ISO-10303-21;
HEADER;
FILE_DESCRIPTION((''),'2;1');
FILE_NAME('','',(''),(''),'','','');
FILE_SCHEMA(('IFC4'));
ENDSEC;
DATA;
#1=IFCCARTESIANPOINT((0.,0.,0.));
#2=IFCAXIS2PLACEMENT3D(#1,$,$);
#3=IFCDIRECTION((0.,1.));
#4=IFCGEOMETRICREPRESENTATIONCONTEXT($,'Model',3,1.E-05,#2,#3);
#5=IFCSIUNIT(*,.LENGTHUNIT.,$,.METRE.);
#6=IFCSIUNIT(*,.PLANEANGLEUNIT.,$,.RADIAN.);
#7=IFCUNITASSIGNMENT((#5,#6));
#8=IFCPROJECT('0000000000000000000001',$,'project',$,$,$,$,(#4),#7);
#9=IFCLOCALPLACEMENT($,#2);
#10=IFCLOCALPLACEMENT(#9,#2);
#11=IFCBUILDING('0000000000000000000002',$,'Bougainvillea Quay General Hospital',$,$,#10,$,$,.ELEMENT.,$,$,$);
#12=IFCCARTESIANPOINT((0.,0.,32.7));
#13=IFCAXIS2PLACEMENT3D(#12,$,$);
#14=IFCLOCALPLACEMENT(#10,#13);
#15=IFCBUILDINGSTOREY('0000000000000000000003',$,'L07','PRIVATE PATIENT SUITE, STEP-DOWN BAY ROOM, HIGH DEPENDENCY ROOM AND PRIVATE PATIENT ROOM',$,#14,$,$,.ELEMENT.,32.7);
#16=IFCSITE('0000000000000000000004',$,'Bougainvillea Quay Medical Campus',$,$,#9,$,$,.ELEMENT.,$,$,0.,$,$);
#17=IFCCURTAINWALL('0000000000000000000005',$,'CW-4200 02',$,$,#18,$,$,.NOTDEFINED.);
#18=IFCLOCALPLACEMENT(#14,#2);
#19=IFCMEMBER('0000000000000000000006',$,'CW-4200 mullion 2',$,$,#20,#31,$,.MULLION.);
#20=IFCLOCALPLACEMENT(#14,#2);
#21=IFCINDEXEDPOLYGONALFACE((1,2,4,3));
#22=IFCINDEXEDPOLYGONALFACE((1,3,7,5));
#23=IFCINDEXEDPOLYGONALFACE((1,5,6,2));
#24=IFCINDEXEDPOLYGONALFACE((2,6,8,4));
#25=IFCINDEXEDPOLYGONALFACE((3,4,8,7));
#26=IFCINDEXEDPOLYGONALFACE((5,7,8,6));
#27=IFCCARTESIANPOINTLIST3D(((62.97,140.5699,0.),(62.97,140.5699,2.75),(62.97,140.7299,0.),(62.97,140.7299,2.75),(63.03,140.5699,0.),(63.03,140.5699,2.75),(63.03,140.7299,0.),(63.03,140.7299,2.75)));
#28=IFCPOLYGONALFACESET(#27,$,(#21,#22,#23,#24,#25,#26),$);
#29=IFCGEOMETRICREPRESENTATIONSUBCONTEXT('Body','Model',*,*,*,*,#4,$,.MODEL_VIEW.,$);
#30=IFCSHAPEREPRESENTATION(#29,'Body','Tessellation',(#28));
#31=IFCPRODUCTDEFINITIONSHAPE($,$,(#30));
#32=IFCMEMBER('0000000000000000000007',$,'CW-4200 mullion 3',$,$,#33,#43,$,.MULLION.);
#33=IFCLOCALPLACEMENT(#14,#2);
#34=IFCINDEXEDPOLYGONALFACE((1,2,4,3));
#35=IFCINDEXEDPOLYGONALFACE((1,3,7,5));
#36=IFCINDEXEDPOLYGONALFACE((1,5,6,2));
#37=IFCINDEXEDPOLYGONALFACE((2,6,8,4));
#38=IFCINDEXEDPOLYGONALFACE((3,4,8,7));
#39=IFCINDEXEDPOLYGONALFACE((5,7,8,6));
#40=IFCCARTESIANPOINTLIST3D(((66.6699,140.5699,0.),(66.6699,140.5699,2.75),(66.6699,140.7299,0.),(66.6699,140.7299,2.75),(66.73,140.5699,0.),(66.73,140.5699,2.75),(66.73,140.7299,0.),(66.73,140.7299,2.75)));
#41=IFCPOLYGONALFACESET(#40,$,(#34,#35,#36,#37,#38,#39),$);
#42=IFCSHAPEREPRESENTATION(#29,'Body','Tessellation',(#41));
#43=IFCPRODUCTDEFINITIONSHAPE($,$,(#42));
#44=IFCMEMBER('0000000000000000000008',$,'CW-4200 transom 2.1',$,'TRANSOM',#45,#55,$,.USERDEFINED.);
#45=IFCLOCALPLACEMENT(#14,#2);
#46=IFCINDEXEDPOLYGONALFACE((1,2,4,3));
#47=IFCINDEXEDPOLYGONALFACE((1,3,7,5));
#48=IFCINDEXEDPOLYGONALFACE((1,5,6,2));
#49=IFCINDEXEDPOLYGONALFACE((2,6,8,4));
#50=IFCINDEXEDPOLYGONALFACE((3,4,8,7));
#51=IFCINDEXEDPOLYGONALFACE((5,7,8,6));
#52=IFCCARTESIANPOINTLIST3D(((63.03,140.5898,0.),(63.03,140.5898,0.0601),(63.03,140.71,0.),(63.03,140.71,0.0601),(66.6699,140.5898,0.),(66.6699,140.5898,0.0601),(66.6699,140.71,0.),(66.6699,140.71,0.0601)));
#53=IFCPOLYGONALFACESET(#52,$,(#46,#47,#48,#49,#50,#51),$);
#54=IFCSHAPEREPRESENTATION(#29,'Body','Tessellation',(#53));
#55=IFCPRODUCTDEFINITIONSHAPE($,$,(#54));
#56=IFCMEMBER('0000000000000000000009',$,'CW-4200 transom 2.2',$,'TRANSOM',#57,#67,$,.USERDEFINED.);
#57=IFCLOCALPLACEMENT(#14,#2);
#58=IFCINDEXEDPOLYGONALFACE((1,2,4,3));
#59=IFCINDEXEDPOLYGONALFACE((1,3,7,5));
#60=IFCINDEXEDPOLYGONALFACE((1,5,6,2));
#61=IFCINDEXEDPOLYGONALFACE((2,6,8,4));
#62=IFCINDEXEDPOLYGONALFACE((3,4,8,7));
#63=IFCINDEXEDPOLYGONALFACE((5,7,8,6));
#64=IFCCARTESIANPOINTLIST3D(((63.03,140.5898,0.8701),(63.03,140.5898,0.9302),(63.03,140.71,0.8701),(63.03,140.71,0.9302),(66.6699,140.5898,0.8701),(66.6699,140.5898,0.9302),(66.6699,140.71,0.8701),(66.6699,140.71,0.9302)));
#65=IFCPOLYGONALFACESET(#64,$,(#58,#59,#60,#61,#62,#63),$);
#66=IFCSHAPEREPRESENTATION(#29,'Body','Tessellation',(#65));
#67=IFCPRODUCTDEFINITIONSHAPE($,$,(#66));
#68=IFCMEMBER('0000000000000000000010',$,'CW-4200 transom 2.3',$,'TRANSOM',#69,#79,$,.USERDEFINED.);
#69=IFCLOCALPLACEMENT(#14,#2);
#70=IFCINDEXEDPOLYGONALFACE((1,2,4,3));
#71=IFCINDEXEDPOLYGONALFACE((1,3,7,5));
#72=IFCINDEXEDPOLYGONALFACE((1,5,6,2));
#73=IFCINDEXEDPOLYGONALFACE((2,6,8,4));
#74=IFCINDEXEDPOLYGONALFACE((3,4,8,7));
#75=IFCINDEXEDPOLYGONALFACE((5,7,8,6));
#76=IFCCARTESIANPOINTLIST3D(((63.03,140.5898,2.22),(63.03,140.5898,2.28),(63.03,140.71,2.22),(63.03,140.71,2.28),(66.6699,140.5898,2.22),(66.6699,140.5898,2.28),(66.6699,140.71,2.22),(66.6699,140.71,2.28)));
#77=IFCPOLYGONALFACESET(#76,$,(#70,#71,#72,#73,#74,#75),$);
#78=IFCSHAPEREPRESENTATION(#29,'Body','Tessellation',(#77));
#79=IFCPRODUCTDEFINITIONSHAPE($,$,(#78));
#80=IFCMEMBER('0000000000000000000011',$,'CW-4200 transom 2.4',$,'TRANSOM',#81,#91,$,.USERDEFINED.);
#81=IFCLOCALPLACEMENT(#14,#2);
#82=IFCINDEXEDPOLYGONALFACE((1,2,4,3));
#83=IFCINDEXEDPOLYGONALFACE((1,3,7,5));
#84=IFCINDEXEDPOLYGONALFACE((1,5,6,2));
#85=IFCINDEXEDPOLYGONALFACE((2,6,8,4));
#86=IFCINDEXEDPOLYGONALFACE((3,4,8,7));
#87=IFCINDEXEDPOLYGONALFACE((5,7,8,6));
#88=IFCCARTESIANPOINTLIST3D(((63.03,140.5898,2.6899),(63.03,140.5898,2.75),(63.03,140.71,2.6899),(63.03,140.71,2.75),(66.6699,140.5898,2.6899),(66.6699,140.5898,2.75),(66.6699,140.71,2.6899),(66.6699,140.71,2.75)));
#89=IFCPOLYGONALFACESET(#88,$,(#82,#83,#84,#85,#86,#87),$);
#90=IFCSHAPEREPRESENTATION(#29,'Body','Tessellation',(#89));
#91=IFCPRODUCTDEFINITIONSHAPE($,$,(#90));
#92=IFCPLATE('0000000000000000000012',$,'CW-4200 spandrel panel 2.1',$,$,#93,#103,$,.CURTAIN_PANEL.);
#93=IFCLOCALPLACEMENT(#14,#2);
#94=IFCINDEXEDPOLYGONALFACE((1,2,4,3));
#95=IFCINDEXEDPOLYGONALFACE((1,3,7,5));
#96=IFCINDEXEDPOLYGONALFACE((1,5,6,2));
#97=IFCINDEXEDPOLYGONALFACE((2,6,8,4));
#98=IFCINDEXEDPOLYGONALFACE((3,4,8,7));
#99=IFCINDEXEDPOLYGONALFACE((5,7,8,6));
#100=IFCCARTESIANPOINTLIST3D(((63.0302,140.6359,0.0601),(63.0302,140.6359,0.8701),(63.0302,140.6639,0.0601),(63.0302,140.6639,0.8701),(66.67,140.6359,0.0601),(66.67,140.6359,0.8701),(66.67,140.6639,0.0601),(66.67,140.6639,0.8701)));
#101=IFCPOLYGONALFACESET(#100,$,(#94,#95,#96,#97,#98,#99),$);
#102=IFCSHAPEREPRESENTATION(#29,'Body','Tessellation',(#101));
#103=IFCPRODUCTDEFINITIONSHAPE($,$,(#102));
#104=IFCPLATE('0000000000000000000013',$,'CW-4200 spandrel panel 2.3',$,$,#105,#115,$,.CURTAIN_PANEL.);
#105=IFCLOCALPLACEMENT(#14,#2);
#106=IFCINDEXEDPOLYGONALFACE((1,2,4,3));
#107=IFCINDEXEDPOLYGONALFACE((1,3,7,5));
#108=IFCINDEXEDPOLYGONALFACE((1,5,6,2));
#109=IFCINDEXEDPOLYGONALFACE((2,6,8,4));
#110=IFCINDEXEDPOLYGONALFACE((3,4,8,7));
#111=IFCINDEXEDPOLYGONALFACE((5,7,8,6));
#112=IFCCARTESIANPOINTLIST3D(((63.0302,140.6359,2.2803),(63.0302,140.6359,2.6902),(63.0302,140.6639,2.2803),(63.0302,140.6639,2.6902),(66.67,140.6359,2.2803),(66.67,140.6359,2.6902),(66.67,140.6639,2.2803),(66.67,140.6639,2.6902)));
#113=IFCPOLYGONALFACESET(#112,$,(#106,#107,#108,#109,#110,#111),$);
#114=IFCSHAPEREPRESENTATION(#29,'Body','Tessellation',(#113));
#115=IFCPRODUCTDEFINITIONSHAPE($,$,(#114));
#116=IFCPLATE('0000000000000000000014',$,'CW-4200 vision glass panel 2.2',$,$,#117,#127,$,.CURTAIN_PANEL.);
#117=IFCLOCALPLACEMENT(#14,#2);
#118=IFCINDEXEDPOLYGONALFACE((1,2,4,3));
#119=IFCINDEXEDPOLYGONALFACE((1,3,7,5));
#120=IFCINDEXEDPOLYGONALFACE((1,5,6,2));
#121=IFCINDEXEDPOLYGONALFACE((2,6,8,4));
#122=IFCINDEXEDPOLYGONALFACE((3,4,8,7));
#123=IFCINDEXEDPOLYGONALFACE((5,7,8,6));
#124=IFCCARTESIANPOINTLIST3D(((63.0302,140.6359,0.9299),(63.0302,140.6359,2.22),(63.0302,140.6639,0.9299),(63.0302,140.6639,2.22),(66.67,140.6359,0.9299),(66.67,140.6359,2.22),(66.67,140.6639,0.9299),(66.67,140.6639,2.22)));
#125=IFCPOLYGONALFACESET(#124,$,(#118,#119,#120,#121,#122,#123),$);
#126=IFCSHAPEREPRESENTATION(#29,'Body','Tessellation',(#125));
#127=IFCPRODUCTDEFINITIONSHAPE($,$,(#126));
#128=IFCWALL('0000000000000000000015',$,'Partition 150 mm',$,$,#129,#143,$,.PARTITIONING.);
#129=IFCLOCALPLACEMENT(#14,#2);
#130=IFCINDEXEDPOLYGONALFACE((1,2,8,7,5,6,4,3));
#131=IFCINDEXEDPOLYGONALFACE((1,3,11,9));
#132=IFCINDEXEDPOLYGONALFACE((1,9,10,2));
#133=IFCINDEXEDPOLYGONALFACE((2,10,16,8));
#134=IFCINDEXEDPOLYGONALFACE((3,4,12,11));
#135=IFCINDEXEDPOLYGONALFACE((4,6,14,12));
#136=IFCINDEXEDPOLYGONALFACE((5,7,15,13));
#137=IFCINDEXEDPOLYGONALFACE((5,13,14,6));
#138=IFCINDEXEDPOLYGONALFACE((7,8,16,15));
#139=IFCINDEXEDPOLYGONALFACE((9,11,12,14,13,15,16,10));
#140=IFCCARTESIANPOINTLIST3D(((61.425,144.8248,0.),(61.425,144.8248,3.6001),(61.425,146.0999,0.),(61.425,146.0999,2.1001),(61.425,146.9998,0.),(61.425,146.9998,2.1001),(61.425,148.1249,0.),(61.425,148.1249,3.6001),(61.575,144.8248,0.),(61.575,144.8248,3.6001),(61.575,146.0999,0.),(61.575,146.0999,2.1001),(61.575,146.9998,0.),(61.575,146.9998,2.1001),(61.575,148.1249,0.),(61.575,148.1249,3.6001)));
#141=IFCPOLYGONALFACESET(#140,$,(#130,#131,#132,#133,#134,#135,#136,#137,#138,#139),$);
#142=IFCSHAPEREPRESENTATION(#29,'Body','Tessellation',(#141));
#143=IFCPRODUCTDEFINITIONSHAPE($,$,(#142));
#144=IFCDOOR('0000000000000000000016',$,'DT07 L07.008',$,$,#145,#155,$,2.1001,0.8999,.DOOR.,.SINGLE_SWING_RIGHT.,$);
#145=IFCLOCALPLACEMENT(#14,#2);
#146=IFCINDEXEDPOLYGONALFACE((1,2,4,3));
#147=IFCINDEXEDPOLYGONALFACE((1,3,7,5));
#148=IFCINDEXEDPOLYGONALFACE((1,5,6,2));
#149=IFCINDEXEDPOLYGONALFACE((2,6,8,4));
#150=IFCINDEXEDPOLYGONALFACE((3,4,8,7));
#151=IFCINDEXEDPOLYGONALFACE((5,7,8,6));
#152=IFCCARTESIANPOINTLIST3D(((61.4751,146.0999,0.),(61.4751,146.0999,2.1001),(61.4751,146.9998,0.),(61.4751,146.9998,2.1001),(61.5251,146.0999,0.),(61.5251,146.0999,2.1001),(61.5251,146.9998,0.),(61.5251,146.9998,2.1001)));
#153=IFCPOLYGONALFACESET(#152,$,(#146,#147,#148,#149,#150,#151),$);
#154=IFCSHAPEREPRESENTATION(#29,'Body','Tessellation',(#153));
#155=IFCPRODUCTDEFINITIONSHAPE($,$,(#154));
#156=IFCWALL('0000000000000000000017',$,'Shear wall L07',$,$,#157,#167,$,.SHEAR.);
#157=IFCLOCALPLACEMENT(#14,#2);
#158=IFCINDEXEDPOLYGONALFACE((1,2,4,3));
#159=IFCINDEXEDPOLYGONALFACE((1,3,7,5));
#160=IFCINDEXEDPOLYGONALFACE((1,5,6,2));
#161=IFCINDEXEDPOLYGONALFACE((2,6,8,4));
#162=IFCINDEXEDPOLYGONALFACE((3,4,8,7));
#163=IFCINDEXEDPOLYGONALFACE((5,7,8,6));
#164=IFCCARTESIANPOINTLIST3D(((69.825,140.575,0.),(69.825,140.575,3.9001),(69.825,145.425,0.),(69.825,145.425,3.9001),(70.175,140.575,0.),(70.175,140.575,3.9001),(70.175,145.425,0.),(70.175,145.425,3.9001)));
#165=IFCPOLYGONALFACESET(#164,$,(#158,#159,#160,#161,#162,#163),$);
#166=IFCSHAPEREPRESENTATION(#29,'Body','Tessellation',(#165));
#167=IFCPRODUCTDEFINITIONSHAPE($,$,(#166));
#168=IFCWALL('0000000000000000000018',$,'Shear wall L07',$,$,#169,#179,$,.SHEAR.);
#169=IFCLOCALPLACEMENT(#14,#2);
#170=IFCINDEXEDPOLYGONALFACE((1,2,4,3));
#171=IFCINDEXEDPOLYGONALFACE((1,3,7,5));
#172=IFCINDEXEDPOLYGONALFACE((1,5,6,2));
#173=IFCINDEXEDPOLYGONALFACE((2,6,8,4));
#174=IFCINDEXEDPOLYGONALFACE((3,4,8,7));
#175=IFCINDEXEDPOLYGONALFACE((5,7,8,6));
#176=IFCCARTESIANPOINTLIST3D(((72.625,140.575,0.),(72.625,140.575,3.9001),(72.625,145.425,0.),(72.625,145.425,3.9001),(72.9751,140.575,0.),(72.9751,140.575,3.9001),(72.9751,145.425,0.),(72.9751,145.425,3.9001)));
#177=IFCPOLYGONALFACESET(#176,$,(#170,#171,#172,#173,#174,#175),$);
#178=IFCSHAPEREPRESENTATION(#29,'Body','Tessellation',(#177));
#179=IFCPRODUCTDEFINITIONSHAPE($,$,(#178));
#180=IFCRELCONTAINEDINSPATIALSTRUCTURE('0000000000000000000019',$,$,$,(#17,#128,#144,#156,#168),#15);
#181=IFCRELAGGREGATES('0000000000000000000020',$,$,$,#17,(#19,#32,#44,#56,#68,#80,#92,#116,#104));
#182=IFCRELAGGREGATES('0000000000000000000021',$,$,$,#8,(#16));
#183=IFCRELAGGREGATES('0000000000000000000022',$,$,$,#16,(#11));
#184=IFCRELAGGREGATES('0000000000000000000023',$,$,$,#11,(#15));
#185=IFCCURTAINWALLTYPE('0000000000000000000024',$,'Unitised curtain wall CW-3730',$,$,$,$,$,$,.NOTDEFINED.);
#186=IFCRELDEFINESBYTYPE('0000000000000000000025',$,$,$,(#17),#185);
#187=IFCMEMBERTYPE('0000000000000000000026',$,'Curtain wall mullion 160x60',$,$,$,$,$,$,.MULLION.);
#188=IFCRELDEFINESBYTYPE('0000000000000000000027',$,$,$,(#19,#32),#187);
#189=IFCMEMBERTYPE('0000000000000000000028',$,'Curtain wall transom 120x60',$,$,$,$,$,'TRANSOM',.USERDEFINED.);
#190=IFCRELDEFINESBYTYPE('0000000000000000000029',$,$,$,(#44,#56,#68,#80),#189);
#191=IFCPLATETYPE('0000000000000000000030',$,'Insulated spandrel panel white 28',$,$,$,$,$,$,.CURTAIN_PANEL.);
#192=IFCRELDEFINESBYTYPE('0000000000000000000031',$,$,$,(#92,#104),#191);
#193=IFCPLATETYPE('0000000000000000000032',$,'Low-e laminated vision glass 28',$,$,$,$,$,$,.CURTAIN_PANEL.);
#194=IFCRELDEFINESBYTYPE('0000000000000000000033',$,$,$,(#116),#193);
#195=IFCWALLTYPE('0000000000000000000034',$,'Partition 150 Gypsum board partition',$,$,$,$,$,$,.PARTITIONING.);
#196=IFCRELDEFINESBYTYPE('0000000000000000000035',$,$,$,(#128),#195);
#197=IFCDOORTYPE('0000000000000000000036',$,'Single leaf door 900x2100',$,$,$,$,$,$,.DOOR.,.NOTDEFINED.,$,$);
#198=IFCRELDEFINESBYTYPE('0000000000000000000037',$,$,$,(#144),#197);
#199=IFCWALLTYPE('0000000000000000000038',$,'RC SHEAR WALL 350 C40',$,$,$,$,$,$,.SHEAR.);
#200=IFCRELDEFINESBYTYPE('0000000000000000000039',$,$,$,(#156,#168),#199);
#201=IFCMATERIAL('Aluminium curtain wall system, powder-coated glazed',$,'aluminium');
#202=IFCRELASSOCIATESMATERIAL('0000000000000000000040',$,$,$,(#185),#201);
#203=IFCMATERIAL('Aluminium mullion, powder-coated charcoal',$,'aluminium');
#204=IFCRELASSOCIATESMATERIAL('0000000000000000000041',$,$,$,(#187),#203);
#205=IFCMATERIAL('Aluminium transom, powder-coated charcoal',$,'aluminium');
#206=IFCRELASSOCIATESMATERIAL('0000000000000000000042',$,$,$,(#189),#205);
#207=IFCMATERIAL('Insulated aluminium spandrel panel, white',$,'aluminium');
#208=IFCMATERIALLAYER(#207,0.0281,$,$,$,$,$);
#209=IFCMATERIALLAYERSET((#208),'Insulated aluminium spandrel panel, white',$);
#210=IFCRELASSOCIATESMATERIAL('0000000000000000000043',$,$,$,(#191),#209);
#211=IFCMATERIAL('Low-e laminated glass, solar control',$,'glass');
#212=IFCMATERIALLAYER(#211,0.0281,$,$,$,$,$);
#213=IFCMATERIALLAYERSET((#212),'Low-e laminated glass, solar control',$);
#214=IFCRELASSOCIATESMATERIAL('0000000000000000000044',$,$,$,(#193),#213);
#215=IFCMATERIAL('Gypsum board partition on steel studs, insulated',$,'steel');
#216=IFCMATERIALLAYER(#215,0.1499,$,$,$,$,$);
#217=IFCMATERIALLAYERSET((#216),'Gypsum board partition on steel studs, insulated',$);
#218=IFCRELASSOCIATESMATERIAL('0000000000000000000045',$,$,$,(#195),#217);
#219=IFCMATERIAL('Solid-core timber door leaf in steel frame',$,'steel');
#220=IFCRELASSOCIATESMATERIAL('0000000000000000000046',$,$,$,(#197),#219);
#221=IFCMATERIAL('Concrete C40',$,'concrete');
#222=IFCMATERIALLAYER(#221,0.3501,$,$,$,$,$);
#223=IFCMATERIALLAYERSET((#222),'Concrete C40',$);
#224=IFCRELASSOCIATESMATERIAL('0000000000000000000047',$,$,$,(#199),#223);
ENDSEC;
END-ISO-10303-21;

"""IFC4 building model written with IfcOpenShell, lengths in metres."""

from ifc_helpers import new_model, si_unit, direction, frame, frame_2d, origin, origin_2d, place, context, subcontext, project, spatial, rectangle, extrude, material, layer, layer_set, material_profile, profile_set, type_object, element, fill, aggregate, save


model = new_model("IFC4")

# Units and contexts
model_context = context("Model", 3, precision=1e-05, world=origin(), true_north=direction((0.0, 1.0)))
body_context = subcontext(model_context, "Body", "Model", "MODEL_VIEW")
ifc_project = project(units=[si_unit("LENGTHUNIT", "METRE"), si_unit("PLANEANGLEUNIT", "RADIAN")], contexts=[model_context])

# Site, building, storey
site_placement = place(None, origin())
site = spatial("IfcSite", under=ifc_project, at=site_placement, Name="Bougainvillea Quay Medical Campus", CompositionType="ELEMENT", RefElevation=0.0)
building_placement = place(site_placement, origin())
building = spatial("IfcBuilding", under=site, at=building_placement, Name="Bougainvillea Quay General Hospital", CompositionType="ELEMENT")
storey_placement = place(building_placement, frame((0.0, 0.0, 32.7)))
storey = spatial("IfcBuildingStorey", under=building, at=storey_placement, Name="L07", Description="PRIVATE PATIENT SUITE, STEP-DOWN BAY ROOM, HIGH DEPENDENCY ROOM AND PRIVATE PATIENT ROOM", CompositionType="ELEMENT", Elevation=32.7)

# Curtain wall, members, plates
ifc_material_1 = material(Name="Aluminium curtain wall system, powder-coated glazed", Category="aluminium")
curtain_wall_type = type_object("IfcCurtainWallType", Name="Unitised curtain wall CW-3730", PredefinedType="NOTDEFINED", material=ifc_material_1)
curtain_wall_placement = place(storey_placement, origin())
curtain_wall = element("IfcCurtainWall", 1, at=curtain_wall_placement, inside=storey, type_object=curtain_wall_type, Name="CW-4200 02", PredefinedType="NOTDEFINED")
ifc_material_2 = material(Name="Aluminium mullion, powder-coated charcoal", Category="aluminium")
ifc_material_profile_1 = material_profile(ifc_material_2, rectangle(XDim=0.1599, YDim=0.0601, at=origin_2d()))
ifc_profile_set_1 = profile_set([ifc_material_profile_1], Name="Aluminium mullion, powder-coated charcoal")
member_type_1 = type_object("IfcMemberType", Name="Curtain wall mullion 160x60", PredefinedType="MULLION", material=ifc_profile_set_1)
member_1_placement = place(storey_placement, frame((63.0, 140.6499, 0.0), z_axis=(0.0, 0.0, 1.0), x_axis=(0.0, 1.0, 0.0)))
member_1 = element("IfcMember", 2, at=member_1_placement, type_object=member_type_1, Name="CW-4200 mullion 2", PredefinedType="MULLION", context=body_context, shape_type="SweptSolid", body=[
    extrude(rectangle(XDim=0.1599, YDim=0.0601, at=origin_2d()), origin(), (0.0, 0.0, 1.0), 2.75),
])
member_2_placement = place(storey_placement, frame((66.7, 140.6499, 0.0), z_axis=(0.0, 0.0, 1.0), x_axis=(0.0, 1.0, 0.0)))
member_2 = element("IfcMember", 3, at=member_2_placement, type_object=member_type_1, Name="CW-4200 mullion 3", PredefinedType="MULLION", context=body_context, shape_type="SweptSolid", body=[
    extrude(rectangle(XDim=0.1599, YDim=0.0601, at=origin_2d()), origin(), (0.0, 0.0, 1.0), 2.75),
])
ifc_material_3 = material(Name="Aluminium transom, powder-coated charcoal", Category="aluminium")
ifc_material_profile_2 = material_profile(ifc_material_3, rectangle(XDim=0.1201, YDim=0.0601, at=origin_2d()))
ifc_profile_set_2 = profile_set([ifc_material_profile_2], Name="Aluminium transom, powder-coated charcoal")
member_type_2 = type_object("IfcMemberType", Name="Curtain wall transom 120x60", ElementType="TRANSOM", PredefinedType="USERDEFINED", material=ifc_profile_set_2)
member_3_placement = place(storey_placement, frame((63.03, 140.6499, 0.03), z_axis=(1.0, 0.0, 0.0), x_axis=(0.0, 1.0, 0.0)))
member_3 = element("IfcMember", 4, at=member_3_placement, type_object=member_type_2, Name="CW-4200 transom 2.1", ObjectType="TRANSOM", PredefinedType="USERDEFINED", context=body_context, shape_type="SweptSolid", body=[
    extrude(rectangle(XDim=0.1201, YDim=0.0601, at=origin_2d()), origin(), (0.0, 0.0, 1.0), 3.6399),
])
member_4_placement = place(storey_placement, frame((63.03, 140.6499, 0.9001), z_axis=(1.0, 0.0, 0.0), x_axis=(0.0, 1.0, 0.0)))
member_4 = element("IfcMember", 5, at=member_4_placement, type_object=member_type_2, Name="CW-4200 transom 2.2", ObjectType="TRANSOM", PredefinedType="USERDEFINED", context=body_context, shape_type="SweptSolid", body=[
    extrude(rectangle(XDim=0.1201, YDim=0.0601, at=origin_2d()), origin(), (0.0, 0.0, 1.0), 3.6399),
])
member_5_placement = place(storey_placement, frame((63.03, 140.6499, 2.25), z_axis=(1.0, 0.0, 0.0), x_axis=(0.0, 1.0, 0.0)))
member_5 = element("IfcMember", 6, at=member_5_placement, type_object=member_type_2, Name="CW-4200 transom 2.3", ObjectType="TRANSOM", PredefinedType="USERDEFINED", context=body_context, shape_type="SweptSolid", body=[
    extrude(rectangle(XDim=0.1201, YDim=0.0601, at=origin_2d()), origin(), (0.0, 0.0, 1.0), 3.6399),
])
member_6_placement = place(storey_placement, frame((63.03, 140.6499, 2.72), z_axis=(1.0, 0.0, 0.0), x_axis=(0.0, 1.0, 0.0)))
member_6 = element("IfcMember", 7, at=member_6_placement, type_object=member_type_2, Name="CW-4200 transom 2.4", ObjectType="TRANSOM", PredefinedType="USERDEFINED", context=body_context, shape_type="SweptSolid", body=[
    extrude(rectangle(XDim=0.1201, YDim=0.0601, at=origin_2d()), origin(), (0.0, 0.0, 1.0), 3.6399),
])
ifc_material_4 = material(Name="Insulated aluminium spandrel panel, white", Category="aluminium")
ifc_layer_1 = layer(ifc_material_4, 0.0281)
ifc_layer_set_1 = layer_set([ifc_layer_1], Name="Insulated aluminium spandrel panel, white")
plate_type_1 = type_object("IfcPlateType", Name="Insulated spandrel panel white 28", PredefinedType="CURTAIN_PANEL", material=ifc_layer_set_1)
plate_1_placement = place(storey_placement, frame((64.8501, 140.6499, 0.0601), z_axis=(0.0, 0.0, 1.0), x_axis=(1.0, 0.0, 0.0)))
plate_1 = element("IfcPlate", 8, at=plate_1_placement, type_object=plate_type_1, Name="CW-4200 spandrel panel 2.1", PredefinedType="CURTAIN_PANEL", context=body_context, shape_type="SweptSolid", body=[
    extrude(rectangle(XDim=3.6399, YDim=0.0281, at=origin_2d()), origin(), (0.0, 0.0, 1.0), 0.8101),
])
plate_2_placement = place(storey_placement, frame((64.8501, 140.6499, 2.2803), z_axis=(0.0, 0.0, 1.0), x_axis=(1.0, 0.0, 0.0)))
plate_2 = element("IfcPlate", 9, at=plate_2_placement, type_object=plate_type_1, Name="CW-4200 spandrel panel 2.3", PredefinedType="CURTAIN_PANEL", context=body_context, shape_type="SweptSolid", body=[
    extrude(rectangle(XDim=3.6399, YDim=0.0281, at=origin_2d()), origin(), (0.0, 0.0, 1.0), 0.4099),
])
ifc_material_5 = material(Name="Low-e laminated glass, solar control", Category="glass")
ifc_layer_2 = layer(ifc_material_5, 0.0281)
ifc_layer_set_2 = layer_set([ifc_layer_2], Name="Low-e laminated glass, solar control")
plate_type_2 = type_object("IfcPlateType", Name="Low-e laminated vision glass 28", PredefinedType="CURTAIN_PANEL", material=ifc_layer_set_2)
plate_3_placement = place(storey_placement, frame((64.8501, 140.6499, 0.9299), z_axis=(0.0, 0.0, 1.0), x_axis=(1.0, 0.0, 0.0)))
plate_3 = element("IfcPlate", 10, at=plate_3_placement, type_object=plate_type_2, Name="CW-4200 vision glass panel 2.2", PredefinedType="CURTAIN_PANEL", context=body_context, shape_type="SweptSolid", body=[
    extrude(rectangle(XDim=3.6399, YDim=0.0281, at=origin_2d()), origin(), (0.0, 0.0, 1.0), 1.29),
])
aggregate(curtain_wall, [member_1, member_2, member_3, member_4, member_5, member_6, plate_1, plate_3, plate_2])

# Wall, opening, door
ifc_material_6 = material(Name="Gypsum board partition on steel studs, insulated", Category="steel")
ifc_layer_3 = layer(ifc_material_6, 0.1499)
ifc_layer_set_3 = layer_set([ifc_layer_3], Name="Gypsum board partition on steel studs, insulated")
wall_type_1 = type_object("IfcWallType", Name="Partition 150 Gypsum board partition", PredefinedType="PARTITIONING", material=ifc_layer_set_3)
wall_placement = place(storey_placement, frame((61.5, 144.825, 0.0), z_axis=(0.0, 0.0, 1.0), x_axis=(0.0, 1.0, 0.0)))
wall = element("IfcWall", 11, at=wall_placement, inside=storey, type_object=wall_type_1, Name="Partition 150 mm", PredefinedType="PARTITIONING", context=body_context, shape_type="SweptSolid", body=[
    extrude(rectangle(XDim=3.3, YDim=0.1499, at=frame_2d((1.6499, 0.0))), origin(), (0.0, 0.0, 1.0), 3.6001),
])
opening_placement = place(wall_placement, frame((1.2749, 0.0, 0.0)))
opening = element("IfcOpeningElement", 12, at=opening_placement, cuts=wall, PredefinedType="OPENING", context=body_context, shape_type="SweptSolid", body=[
    extrude(rectangle(XDim=0.8999, YDim=2.1001, at=frame_2d((0.45, 1.05))), frame((0.0, 0.085, 0.0), z_axis=(0.0, -1.0, 0.0), x_axis=(1.0, 0.0, 0.0)), (0.0, 0.0, 1.0), 0.1699),
])
ifc_material_7 = material(Name="Solid-core timber door leaf in steel frame", Category="steel")
door_type = type_object("IfcDoorType", Name="Single leaf door 900x2100", OperationType="NOTDEFINED", PredefinedType="DOOR", material=ifc_material_7)
door_placement = place(opening_placement, origin())
door = element("IfcDoor", 13, at=door_placement, inside=storey, type_object=door_type, Name="DT07 L07.008", OperationType="SINGLE_SWING_RIGHT", OverallHeight=2.1001, OverallWidth=0.8999, PredefinedType="DOOR", context=body_context, shape_type="SweptSolid", body=[
    extrude(rectangle(XDim=0.8999, YDim=2.1001, at=frame_2d((0.45, 1.05))), frame((0.0, 0.0249, 0.0), z_axis=(0.0, -1.0, 0.0), x_axis=(1.0, 0.0, 0.0)), (0.0, 0.0, 1.0), 0.05),
])
fill(opening, door)

# Walls
ifc_material_8 = material(Name="Concrete C40", Category="concrete")
ifc_layer_4 = layer(ifc_material_8, 0.3501)
ifc_layer_set_4 = layer_set([ifc_layer_4], Name="Concrete C40")
wall_type_2 = type_object("IfcWallType", Name="RC SHEAR WALL 350 C40", PredefinedType="SHEAR", material=ifc_layer_set_4)
for number, where, z_axis, x_axis, name in (
    (14, (70.0, 140.575, 0.0), (0.0, 0.0, 1.0), (0.0, 1.0, 0.0), "Shear wall L07"),
    (15, (72.8, 140.575, 0.0), (0.0, 0.0, 1.0), (0.0, 1.0, 0.0), "Shear wall L07"),
):
    element("IfcWall", number, at=place(storey_placement, frame(where, z_axis=z_axis, x_axis=x_axis)), inside=storey, type_object=wall_type_2, Name=name, PredefinedType="SHEAR", context=body_context, shape_type="SweptSolid", body=[
        extrude(rectangle(XDim=4.8501, YDim=0.3501, at=frame_2d((2.425, 0.0))), origin(), (0.0, 0.0, 1.0), 3.9001),
    ])

save(model, "model.ifc")
